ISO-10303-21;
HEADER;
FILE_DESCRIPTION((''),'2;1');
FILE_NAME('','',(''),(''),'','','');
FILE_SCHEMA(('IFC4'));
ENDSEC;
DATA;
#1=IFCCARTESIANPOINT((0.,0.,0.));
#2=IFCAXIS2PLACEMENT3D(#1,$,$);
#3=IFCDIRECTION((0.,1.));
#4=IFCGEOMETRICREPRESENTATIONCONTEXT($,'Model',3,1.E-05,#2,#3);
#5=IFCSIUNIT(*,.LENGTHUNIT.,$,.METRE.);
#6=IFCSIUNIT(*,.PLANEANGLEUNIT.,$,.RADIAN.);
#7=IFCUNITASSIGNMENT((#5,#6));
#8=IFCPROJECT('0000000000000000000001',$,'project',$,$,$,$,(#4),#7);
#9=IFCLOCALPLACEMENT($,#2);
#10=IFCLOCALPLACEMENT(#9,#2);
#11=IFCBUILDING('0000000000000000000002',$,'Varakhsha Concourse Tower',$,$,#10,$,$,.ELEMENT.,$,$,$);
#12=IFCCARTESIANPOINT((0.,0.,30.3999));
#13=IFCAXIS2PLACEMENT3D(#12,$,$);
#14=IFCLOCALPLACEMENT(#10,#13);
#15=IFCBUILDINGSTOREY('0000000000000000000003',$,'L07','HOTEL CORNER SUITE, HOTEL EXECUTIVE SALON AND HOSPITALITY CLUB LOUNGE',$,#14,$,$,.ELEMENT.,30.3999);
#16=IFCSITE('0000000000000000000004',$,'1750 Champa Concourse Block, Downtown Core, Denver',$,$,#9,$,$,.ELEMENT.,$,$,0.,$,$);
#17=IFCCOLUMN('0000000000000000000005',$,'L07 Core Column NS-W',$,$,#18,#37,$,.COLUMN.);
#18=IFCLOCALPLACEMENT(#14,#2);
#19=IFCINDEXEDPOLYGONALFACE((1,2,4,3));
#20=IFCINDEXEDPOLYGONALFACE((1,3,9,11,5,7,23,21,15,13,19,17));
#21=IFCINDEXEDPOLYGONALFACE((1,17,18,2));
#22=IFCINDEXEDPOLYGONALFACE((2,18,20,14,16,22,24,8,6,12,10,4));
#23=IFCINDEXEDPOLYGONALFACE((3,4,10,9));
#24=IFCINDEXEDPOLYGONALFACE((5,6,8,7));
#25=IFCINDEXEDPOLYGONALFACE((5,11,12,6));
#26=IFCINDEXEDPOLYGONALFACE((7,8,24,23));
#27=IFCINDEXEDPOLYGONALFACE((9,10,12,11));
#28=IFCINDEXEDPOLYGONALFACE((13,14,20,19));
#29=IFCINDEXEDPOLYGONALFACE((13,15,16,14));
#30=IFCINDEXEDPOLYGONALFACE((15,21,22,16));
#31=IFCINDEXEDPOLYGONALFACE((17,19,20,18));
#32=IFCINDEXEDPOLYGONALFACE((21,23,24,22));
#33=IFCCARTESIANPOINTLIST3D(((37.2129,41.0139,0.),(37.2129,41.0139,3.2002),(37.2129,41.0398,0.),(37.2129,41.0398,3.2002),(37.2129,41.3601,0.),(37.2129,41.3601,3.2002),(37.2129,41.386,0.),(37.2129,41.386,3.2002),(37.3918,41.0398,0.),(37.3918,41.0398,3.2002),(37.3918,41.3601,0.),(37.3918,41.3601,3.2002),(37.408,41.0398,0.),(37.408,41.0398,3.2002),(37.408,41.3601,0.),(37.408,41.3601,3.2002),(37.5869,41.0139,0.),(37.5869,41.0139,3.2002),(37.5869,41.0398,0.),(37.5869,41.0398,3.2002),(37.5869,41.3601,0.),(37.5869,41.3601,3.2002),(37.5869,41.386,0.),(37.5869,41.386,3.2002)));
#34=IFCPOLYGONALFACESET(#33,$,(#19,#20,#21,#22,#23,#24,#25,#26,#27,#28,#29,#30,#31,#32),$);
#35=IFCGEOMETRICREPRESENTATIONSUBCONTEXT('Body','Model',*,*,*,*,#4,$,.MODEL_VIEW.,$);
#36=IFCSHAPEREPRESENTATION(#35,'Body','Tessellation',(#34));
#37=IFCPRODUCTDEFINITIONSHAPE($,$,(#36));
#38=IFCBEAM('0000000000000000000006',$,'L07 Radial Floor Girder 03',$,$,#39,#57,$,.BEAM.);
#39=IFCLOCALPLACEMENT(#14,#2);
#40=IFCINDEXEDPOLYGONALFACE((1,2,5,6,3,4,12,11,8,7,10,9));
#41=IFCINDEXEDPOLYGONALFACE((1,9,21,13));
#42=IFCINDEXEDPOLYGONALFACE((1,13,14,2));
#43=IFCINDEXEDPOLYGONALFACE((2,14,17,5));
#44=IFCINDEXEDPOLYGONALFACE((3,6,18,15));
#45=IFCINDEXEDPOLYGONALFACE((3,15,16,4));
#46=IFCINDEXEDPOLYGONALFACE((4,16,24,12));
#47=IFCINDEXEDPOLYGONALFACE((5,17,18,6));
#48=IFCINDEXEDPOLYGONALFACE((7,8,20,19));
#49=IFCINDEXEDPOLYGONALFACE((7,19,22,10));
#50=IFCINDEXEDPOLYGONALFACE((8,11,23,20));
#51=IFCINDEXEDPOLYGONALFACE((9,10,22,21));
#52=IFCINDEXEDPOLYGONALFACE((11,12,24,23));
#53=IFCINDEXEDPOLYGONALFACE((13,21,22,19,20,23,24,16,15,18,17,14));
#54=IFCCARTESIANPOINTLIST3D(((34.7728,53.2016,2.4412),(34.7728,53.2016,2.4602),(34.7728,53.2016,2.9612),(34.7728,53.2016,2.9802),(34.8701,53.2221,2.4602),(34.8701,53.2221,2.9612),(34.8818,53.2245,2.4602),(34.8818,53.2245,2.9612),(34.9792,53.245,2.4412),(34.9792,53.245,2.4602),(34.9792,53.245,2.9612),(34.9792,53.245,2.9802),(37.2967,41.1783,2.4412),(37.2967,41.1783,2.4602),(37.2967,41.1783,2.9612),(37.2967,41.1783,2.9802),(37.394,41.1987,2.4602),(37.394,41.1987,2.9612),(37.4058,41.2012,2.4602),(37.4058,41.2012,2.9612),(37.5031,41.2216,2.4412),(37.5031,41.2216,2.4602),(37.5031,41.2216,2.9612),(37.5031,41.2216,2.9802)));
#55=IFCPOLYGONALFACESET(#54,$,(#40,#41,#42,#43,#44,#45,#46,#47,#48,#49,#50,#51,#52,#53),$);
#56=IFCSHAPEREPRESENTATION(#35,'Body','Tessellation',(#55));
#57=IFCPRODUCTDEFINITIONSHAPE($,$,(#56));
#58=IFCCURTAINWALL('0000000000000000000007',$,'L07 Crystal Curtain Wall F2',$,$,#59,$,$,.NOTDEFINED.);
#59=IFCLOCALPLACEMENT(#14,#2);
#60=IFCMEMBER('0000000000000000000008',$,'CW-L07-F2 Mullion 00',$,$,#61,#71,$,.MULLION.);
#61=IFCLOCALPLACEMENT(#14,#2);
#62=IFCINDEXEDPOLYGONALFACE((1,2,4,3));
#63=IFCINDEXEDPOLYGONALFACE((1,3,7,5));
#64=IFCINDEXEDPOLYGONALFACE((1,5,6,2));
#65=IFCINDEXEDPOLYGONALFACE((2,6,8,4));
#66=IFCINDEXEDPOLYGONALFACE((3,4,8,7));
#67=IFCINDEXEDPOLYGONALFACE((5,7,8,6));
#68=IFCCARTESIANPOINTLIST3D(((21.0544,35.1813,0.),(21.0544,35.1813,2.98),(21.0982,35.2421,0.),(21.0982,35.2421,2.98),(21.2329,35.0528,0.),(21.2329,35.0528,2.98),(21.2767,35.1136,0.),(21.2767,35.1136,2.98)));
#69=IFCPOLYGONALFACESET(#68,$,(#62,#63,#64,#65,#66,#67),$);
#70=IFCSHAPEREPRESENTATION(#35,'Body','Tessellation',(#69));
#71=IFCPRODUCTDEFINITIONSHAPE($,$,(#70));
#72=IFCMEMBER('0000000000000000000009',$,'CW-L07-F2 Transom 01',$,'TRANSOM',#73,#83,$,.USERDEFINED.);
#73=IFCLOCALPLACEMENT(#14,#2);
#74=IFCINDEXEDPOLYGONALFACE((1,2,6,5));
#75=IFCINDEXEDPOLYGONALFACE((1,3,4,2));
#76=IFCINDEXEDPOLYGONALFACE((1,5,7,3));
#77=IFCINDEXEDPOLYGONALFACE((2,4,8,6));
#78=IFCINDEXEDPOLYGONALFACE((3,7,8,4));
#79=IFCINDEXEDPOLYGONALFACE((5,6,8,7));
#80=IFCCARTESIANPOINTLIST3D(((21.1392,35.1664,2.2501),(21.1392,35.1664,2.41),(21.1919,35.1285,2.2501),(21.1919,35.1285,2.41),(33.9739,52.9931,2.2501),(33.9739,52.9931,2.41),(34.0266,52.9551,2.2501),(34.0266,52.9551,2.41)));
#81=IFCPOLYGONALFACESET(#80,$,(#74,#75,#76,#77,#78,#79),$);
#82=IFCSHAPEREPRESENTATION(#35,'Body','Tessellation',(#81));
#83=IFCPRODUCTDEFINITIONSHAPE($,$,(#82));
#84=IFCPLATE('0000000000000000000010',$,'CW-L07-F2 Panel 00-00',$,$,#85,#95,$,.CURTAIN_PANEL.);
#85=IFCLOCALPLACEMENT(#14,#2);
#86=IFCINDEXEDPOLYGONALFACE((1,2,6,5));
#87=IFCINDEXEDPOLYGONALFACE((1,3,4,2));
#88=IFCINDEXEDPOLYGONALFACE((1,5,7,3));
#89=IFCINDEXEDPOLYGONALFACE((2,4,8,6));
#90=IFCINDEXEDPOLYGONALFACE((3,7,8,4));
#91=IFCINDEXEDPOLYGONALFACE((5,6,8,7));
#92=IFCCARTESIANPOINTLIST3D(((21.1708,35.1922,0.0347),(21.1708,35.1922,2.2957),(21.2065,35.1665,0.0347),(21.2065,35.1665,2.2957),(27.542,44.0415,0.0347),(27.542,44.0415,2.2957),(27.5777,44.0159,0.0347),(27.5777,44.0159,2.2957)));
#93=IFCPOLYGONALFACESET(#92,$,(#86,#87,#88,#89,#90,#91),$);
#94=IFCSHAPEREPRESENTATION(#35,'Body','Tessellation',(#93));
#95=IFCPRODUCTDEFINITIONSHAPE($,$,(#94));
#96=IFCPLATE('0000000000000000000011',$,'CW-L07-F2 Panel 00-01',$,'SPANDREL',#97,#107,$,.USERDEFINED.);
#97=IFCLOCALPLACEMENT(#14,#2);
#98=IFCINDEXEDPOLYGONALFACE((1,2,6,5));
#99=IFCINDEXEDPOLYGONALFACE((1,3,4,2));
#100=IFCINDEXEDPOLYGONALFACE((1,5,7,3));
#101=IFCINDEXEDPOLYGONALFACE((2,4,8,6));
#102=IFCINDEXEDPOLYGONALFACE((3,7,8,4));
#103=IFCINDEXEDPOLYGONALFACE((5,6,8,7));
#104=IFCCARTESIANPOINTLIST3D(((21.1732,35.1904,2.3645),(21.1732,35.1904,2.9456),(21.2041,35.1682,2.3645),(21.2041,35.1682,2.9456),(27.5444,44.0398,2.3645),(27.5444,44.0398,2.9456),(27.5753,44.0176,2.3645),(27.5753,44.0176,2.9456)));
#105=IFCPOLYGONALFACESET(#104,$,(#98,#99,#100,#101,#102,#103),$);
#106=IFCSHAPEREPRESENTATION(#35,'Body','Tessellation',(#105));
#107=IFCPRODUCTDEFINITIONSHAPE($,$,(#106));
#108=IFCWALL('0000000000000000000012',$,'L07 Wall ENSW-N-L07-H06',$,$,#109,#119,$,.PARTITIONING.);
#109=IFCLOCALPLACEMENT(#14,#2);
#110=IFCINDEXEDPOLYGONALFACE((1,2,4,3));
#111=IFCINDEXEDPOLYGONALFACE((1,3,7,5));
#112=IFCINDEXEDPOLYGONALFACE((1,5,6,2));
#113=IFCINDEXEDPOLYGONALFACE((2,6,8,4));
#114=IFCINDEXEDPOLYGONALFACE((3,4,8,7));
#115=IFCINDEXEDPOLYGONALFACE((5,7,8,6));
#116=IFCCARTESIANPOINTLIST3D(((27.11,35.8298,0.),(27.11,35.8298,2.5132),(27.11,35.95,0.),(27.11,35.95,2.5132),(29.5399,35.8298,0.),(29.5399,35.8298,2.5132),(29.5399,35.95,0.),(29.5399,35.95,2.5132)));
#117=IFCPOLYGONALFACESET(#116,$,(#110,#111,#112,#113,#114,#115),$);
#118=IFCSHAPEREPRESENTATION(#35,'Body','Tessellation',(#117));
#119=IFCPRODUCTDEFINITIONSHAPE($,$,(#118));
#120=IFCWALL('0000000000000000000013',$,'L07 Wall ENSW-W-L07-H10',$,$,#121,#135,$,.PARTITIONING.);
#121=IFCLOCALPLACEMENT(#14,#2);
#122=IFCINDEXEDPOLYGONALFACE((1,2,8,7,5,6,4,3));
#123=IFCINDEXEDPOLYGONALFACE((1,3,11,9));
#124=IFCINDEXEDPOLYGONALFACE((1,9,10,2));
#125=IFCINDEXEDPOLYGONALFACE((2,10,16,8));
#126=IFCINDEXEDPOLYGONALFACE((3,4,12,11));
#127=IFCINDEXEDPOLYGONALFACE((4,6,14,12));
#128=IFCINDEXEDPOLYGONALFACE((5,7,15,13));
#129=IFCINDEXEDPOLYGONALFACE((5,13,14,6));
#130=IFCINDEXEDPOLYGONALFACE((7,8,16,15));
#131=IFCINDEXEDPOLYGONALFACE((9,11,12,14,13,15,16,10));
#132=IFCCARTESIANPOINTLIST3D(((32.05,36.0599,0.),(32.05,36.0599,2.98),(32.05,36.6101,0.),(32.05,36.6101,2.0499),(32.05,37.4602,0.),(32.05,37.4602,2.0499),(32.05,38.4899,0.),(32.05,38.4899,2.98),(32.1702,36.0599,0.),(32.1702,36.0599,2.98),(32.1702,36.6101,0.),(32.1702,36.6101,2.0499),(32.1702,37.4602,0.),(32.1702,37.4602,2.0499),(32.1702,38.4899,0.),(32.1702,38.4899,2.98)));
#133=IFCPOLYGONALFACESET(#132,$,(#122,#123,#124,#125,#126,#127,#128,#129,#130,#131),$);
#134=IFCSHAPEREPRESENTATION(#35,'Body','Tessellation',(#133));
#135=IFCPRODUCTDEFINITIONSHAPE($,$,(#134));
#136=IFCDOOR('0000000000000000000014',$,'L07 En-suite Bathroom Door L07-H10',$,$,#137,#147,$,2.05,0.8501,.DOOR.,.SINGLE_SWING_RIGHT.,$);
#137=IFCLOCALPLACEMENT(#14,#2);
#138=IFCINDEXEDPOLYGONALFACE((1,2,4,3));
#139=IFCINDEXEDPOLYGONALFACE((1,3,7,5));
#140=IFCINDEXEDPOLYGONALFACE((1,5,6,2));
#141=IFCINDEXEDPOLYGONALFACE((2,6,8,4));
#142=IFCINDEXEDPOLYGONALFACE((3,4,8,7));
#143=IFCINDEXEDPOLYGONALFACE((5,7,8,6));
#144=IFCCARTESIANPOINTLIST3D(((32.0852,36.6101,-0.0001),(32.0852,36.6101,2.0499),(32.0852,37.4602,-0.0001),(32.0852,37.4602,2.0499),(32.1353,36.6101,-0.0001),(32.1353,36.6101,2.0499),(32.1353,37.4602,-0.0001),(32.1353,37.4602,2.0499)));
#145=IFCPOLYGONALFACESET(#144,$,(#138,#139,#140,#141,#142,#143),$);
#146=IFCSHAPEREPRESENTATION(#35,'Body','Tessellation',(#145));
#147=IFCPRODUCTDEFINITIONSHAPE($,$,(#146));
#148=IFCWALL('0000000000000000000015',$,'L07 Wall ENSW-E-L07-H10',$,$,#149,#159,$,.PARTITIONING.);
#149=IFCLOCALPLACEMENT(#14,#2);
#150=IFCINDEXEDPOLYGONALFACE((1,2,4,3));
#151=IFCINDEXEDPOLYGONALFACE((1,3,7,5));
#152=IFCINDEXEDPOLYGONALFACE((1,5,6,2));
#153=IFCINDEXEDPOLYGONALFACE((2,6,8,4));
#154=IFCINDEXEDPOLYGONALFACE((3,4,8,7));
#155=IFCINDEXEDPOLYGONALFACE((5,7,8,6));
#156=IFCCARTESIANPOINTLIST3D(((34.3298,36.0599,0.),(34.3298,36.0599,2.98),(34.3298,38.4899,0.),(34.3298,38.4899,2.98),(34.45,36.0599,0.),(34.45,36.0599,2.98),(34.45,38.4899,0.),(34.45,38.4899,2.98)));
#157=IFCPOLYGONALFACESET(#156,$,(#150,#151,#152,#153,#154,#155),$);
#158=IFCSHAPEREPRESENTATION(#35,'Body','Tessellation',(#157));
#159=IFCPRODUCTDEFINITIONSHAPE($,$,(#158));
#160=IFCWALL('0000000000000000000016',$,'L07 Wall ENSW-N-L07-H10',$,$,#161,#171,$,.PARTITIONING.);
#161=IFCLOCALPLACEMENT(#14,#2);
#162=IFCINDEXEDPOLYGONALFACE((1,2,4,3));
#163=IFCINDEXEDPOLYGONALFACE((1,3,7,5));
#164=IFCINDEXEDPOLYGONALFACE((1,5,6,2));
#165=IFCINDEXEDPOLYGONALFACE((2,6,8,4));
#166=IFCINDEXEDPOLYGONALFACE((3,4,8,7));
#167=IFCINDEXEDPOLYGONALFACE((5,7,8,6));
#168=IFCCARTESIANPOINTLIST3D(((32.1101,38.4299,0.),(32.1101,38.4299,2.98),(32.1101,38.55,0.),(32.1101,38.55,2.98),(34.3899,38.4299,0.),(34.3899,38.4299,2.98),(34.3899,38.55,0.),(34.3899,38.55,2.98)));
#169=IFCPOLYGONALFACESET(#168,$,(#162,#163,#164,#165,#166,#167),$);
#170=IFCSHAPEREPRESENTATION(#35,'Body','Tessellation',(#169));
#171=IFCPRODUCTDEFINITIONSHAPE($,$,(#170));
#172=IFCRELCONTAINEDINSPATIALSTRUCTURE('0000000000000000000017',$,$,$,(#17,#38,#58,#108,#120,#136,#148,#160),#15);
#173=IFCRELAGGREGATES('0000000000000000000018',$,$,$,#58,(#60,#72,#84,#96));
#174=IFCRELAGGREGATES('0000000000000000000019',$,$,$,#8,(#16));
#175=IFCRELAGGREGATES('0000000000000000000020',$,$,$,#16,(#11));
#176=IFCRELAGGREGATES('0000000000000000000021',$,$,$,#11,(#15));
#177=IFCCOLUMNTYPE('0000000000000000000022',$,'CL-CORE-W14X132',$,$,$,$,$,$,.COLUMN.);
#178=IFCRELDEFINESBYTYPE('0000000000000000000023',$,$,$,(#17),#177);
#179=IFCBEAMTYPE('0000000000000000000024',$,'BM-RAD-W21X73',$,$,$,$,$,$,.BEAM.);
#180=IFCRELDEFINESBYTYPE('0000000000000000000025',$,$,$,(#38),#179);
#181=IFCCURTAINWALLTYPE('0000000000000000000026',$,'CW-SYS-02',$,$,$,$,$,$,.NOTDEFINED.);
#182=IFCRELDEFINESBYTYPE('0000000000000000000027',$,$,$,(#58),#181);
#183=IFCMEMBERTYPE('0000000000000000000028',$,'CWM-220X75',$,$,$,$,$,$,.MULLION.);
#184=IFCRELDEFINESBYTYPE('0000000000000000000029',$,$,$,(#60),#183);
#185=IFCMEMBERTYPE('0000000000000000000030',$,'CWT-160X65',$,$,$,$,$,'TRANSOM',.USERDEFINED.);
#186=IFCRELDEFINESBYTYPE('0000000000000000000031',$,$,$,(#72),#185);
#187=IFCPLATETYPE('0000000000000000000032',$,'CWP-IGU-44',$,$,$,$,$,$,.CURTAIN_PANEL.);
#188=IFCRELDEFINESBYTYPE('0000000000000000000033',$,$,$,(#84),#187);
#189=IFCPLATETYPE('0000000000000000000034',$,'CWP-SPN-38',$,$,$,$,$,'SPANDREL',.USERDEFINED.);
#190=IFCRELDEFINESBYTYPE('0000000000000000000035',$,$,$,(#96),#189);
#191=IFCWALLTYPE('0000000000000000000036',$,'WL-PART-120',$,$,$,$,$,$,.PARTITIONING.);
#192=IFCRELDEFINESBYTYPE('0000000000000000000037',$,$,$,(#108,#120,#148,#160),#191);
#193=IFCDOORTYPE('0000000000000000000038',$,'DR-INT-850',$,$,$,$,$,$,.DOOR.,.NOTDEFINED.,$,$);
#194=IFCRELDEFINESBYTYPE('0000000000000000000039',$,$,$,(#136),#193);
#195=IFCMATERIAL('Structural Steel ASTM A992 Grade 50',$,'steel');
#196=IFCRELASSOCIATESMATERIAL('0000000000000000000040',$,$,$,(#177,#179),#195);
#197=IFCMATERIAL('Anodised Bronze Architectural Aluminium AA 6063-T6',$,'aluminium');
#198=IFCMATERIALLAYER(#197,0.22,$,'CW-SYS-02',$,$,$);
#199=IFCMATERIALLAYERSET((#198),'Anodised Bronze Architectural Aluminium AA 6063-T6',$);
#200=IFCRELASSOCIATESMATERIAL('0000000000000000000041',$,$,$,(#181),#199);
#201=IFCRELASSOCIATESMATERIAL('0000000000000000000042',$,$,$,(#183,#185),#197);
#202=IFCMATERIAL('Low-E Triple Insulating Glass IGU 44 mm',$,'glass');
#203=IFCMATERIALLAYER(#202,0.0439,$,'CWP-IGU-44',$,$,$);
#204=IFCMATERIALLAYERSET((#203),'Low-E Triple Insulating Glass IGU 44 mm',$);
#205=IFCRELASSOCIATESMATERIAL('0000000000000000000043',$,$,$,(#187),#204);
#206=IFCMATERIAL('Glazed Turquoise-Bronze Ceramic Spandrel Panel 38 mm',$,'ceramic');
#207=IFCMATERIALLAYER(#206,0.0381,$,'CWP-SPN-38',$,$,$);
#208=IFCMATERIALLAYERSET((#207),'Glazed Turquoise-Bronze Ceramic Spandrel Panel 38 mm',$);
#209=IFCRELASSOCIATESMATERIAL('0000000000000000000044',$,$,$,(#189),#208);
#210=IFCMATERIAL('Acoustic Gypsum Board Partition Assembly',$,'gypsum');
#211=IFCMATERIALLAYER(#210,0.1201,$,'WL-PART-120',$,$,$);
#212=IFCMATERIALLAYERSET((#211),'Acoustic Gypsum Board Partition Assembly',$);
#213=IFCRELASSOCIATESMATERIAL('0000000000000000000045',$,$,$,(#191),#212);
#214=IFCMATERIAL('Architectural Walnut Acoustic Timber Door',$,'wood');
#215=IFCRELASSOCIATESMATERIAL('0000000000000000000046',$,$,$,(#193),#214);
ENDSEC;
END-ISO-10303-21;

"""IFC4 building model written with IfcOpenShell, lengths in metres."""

from ifc_helpers import new_model, si_unit, direction, frame, frame_2d, origin, origin_2d, place, context, subcontext, project, spatial, rectangle, i_section, extrude, source, transform, mapped, material, layer, layer_set, material_profile, profile_set, type_object, type_shapes, element, fill, aggregate, save


model = new_model("IFC4")

# Units and contexts
model_context = context("Model", 3, precision=1e-05, world=origin(), true_north=direction((0.0, 1.0)))
body_context = subcontext(model_context, "Body", "Model", "MODEL_VIEW")
ifc_project = project(units=[si_unit("LENGTHUNIT", "METRE"), si_unit("PLANEANGLEUNIT", "RADIAN")], contexts=[model_context])

# Site, building, storey
site_placement = place(None, origin())
site = spatial("IfcSite", under=ifc_project, at=site_placement, Name="1750 Champa Concourse Block, Downtown Core, Denver", CompositionType="ELEMENT", RefElevation=0.0)
building_placement = place(site_placement, origin())
building = spatial("IfcBuilding", under=site, at=building_placement, Name="Varakhsha Concourse Tower", CompositionType="ELEMENT")
storey_placement = place(building_placement, frame((0.0, 0.0, 30.3999)))
storey = spatial("IfcBuildingStorey", under=building, at=storey_placement, Name="L07", Description="HOTEL CORNER SUITE, HOTEL EXECUTIVE SALON AND HOSPITALITY CLUB LOUNGE", CompositionType="ELEMENT", Elevation=30.3999)

# Column
ifc_material_1 = material(Name="Structural Steel ASTM A992 Grade 50", Category="steel")
ifc_material_profile_1 = material_profile(ifc_material_1, i_section(OverallWidth=0.374, OverallDepth=0.3721, WebThickness=0.0161, FlangeThickness=0.0259, at=origin_2d()), Name="W14X132")
ifc_profile_set_1 = profile_set([ifc_material_profile_1], Name="Structural Steel ASTM A992 Grade 50")
column_type = type_object("IfcColumnType", Name="CL-CORE-W14X132", PredefinedType="COLUMN", material=ifc_profile_set_1)
column_placement = place(storey_placement, frame((37.3999, 41.2, 0.0), z_axis=(0.0, 0.0, 1.0), x_axis=(1.0, 0.0, 0.0)))
element("IfcColumn", 1, at=column_placement, inside=storey, type_object=column_type, Name="L07 Core Column NS-W", PredefinedType="COLUMN", context=body_context, shape_type="SweptSolid", body=[
    extrude(i_section(OverallWidth=0.374, OverallDepth=0.3721, WebThickness=0.0161, FlangeThickness=0.0259, at=origin_2d()), origin(), (0.0, 0.0, 1.0), 3.2002),
])

# Beam
ifc_material_profile_2 = material_profile(ifc_material_1, i_section(OverallWidth=0.2109, OverallDepth=0.5391, WebThickness=0.012, FlangeThickness=0.019, at=origin_2d()), Name="W21X73")
ifc_profile_set_2 = profile_set([ifc_material_profile_2], Name="Structural Steel ASTM A992 Grade 50")
beam_type = type_object("IfcBeamType", Name="BM-RAD-W21X73", PredefinedType="BEAM", material=ifc_profile_set_2)
beam_placement = place(storey_placement, frame((37.3999, 41.2, 2.7107), z_axis=(-0.20544, 0.97867, 0.0), x_axis=(-0.97867, -0.20544, 0.0)))
element("IfcBeam", 2, at=beam_placement, inside=storey, type_object=beam_type, Name="L07 Radial Floor Girder 03", PredefinedType="BEAM", context=body_context, shape_type="SweptSolid", body=[
    extrude(i_section(OverallWidth=0.2109, OverallDepth=0.5391, WebThickness=0.012, FlangeThickness=0.019, at=origin_2d()), origin(), (0.0, 0.0, 1.0), 12.2854),
])

# Curtain wall, members, plates
ifc_material_2 = material(Name="Anodised Bronze Architectural Aluminium AA 6063-T6", Category="aluminium")
ifc_layer_1 = layer(ifc_material_2, 0.22, Name="CW-SYS-02")
ifc_layer_set_1 = layer_set([ifc_layer_1], Name="Anodised Bronze Architectural Aluminium AA 6063-T6")
curtain_wall_type = type_object("IfcCurtainWallType", Name="CW-SYS-02", PredefinedType="NOTDEFINED", material=ifc_layer_set_1)
curtain_wall_placement = place(storey_placement, origin())
curtain_wall = element("IfcCurtainWall", 3, at=curtain_wall_placement, inside=storey, type_object=curtain_wall_type, Name="L07 Crystal Curtain Wall F2", PredefinedType="NOTDEFINED")
ifc_material_profile_3 = material_profile(ifc_material_2, rectangle(XDim=0.075, YDim=0.22, at=origin_2d()), Name="CWM-220X75")
ifc_profile_set_3 = profile_set([ifc_material_profile_3], Name="Anodised Bronze Architectural Aluminium AA 6063-T6")
member_type_1 = type_object("IfcMemberType", Name="CWM-220X75", PredefinedType="MULLION", material=ifc_profile_set_3)
shared_shape_1 = source(origin(), body_context, "Body", "SweptSolid", [
    extrude(rectangle(XDim=0.075, YDim=0.22, at=origin_2d()), origin(), (0.0, 0.0, 1.0), 2.98),
])
type_shapes(member_type_1, [shared_shape_1])
member_1_placement = place(storey_placement, frame((21.1655, 35.1475, 0.0), z_axis=(0.0, 0.0, 1.0), x_axis=(0.584284, 0.81155, 0.0)))
member_1 = element("IfcMember", 4, at=member_1_placement, type_object=member_type_1, Name="CW-L07-F2 Mullion 00", PredefinedType="MULLION", context=body_context, shape_type="MappedRepresentation", body=[
    mapped(shared_shape_1, transform((0.0, 0.0, 0.0), scale=1.0)),
])
ifc_material_profile_4 = material_profile(ifc_material_2, rectangle(XDim=0.0649, YDim=0.1599, at=origin_2d()), Name="CWT-160X65")
ifc_profile_set_4 = profile_set([ifc_material_profile_4], Name="Anodised Bronze Architectural Aluminium AA 6063-T6")
member_type_2 = type_object("IfcMemberType", Name="CWT-160X65", ElementType="TRANSOM", PredefinedType="USERDEFINED", material=ifc_profile_set_4)
shared_shape_2 = source(origin(), body_context, "Body", "SweptSolid", [
    extrude(rectangle(XDim=0.0649, YDim=0.1599, at=origin_2d()), origin(), (0.0, 0.0, 1.0), 21.9663),
])
type_shapes(member_type_2, [shared_shape_2])
member_2_placement = place(storey_placement, frame((21.1655, 35.1475, 2.3301), z_axis=(0.58429, 0.811545, 0.0), x_axis=(-0.811545, 0.58429, 0.0)))
member_2 = element("IfcMember", 5, at=member_2_placement, type_object=member_type_2, Name="CW-L07-F2 Transom 01", ObjectType="TRANSOM", PredefinedType="USERDEFINED", context=body_context, shape_type="MappedRepresentation", body=[
    mapped(shared_shape_2, transform((0.0, 0.0, 0.0), scale=1.0)),
])
ifc_material_3 = material(Name="Low-E Triple Insulating Glass IGU 44 mm", Category="glass")
ifc_layer_2 = layer(ifc_material_3, 0.0439, Name="CWP-IGU-44")
ifc_layer_set_2 = layer_set([ifc_layer_2], Name="Low-E Triple Insulating Glass IGU 44 mm")
plate_type_1 = type_object("IfcPlateType", Name="CWP-IGU-44", PredefinedType="CURTAIN_PANEL", material=ifc_layer_set_2)
shared_shape_3 = source(origin(), body_context, "Body", "SweptSolid", [
    extrude(rectangle(XDim=10.9043, YDim=0.0439, at=origin_2d()), origin(), (0.0, 0.0, 1.0), 2.261),
])
type_shapes(plate_type_1, [shared_shape_3])
plate_1_placement = place(storey_placement, frame((24.3743, 39.604, 0.0347), z_axis=(0.0, 0.0, 1.0), x_axis=(0.584284, 0.81155, 0.0)))
plate_1 = element("IfcPlate", 6, at=plate_1_placement, type_object=plate_type_1, Name="CW-L07-F2 Panel 00-00", PredefinedType="CURTAIN_PANEL", context=body_context, shape_type="MappedRepresentation", body=[
    mapped(shared_shape_3, transform((0.0, 0.0, 0.0), scale=1.0)),
])
ifc_material_4 = material(Name="Glazed Turquoise-Bronze Ceramic Spandrel Panel 38 mm", Category="ceramic")
ifc_layer_3 = layer(ifc_material_4, 0.0381, Name="CWP-SPN-38")
ifc_layer_set_3 = layer_set([ifc_layer_3], Name="Glazed Turquoise-Bronze Ceramic Spandrel Panel 38 mm")
plate_type_2 = type_object("IfcPlateType", Name="CWP-SPN-38", ElementType="SPANDREL", PredefinedType="USERDEFINED", material=ifc_layer_set_3)
shared_shape_4 = source(origin(), body_context, "Body", "SweptSolid", [
    extrude(rectangle(XDim=10.9043, YDim=0.0381, at=origin_2d()), origin(), (0.0, 0.0, 1.0), 0.5811),
])
type_shapes(plate_type_2, [shared_shape_4])
plate_2_placement = place(storey_placement, frame((24.3743, 39.604, 2.3645), z_axis=(0.0, 0.0, 1.0), x_axis=(0.584284, 0.81155, 0.0)))
plate_2 = element("IfcPlate", 7, at=plate_2_placement, type_object=plate_type_2, Name="CW-L07-F2 Panel 00-01", ObjectType="SPANDREL", PredefinedType="USERDEFINED", context=body_context, shape_type="MappedRepresentation", body=[
    mapped(shared_shape_4, transform((0.0, 0.0, 0.0), scale=1.0)),
])
aggregate(curtain_wall, [member_1, member_2, plate_1, plate_2])

# Wall
ifc_material_5 = material(Name="Acoustic Gypsum Board Partition Assembly", Category="gypsum")
ifc_layer_4 = layer(ifc_material_5, 0.1201, Name="WL-PART-120")
ifc_layer_set_4 = layer_set([ifc_layer_4], Name="Acoustic Gypsum Board Partition Assembly")
wall_type_1 = type_object("IfcWallType", Name="WL-PART-120", PredefinedType="PARTITIONING", material=ifc_layer_set_4)
wall_1_placement = place(storey_placement, frame((27.1101, 35.8899, 0.0), z_axis=(0.0, 0.0, 1.0), x_axis=(1.0, 0.0, 0.0)))
element("IfcWall", 8, at=wall_1_placement, inside=storey, type_object=wall_type_1, Name="L07 Wall ENSW-N-L07-H06", PredefinedType="PARTITIONING", context=body_context, shape_type="SweptSolid", body=[
    extrude(rectangle(XDim=2.4299, YDim=0.1201, at=frame_2d((1.2148, 0.0))), origin(), (0.0, 0.0, 1.0), 2.5132),
])

# Wall, opening, door
wall_2_placement = place(storey_placement, frame((32.1101, 36.0601, 0.0), z_axis=(0.0, 0.0, 1.0), x_axis=(0.0, 1.0, 0.0)))
wall_2 = element("IfcWall", 9, at=wall_2_placement, inside=storey, type_object=wall_type_1, Name="L07 Wall ENSW-W-L07-H10", PredefinedType="PARTITIONING", context=body_context, shape_type="SweptSolid", body=[
    extrude(rectangle(XDim=2.4299, YDim=0.1201, at=frame_2d((1.2148, 0.0))), origin(), (0.0, 0.0, 1.0), 2.98),
])
opening_1_placement = place(wall_2_placement, frame((0.55, 0.0, 0.0)))
opening_1 = element("IfcOpeningElement", 10, at=opening_1_placement, cuts=wall_2, PredefinedType="OPENING", context=body_context, shape_type="SweptSolid", body=[
    extrude(rectangle(XDim=0.8501, YDim=2.05, at=frame_2d((0.425, 1.0249))), frame((0.0, 0.0701, 0.0), z_axis=(0.0, -1.0, 0.0), x_axis=(1.0, 0.0, 0.0)), (0.0, 0.0, 1.0), 0.1401),
])
ifc_material_6 = material(Name="Architectural Walnut Acoustic Timber Door", Category="wood")
door_type_1 = type_object("IfcDoorType", Name="DR-INT-850", OperationType="NOTDEFINED", PredefinedType="DOOR", material=ifc_material_6)
door_1_placement = place(opening_1_placement, origin())
door_1 = element("IfcDoor", 11, at=door_1_placement, inside=storey, type_object=door_type_1, Name="L07 En-suite Bathroom Door L07-H10", OperationType="SINGLE_SWING_RIGHT", OverallHeight=2.05, OverallWidth=0.8501, PredefinedType="DOOR", context=body_context, shape_type="SweptSolid", body=[
    extrude(rectangle(XDim=0.8501, YDim=2.05, at=frame_2d((0.425, 1.0249))), frame((0.0, 0.0249, 0.0), z_axis=(0.0, -1.0, 0.0), x_axis=(1.0, 0.0, 0.0)), (0.0, 0.0, 1.0), 0.05),
])
fill(opening_1, door_1)

# Walls
wall_3_placement = place(storey_placement, frame((34.3899, 36.0601, 0.0), z_axis=(0.0, 0.0, 1.0), x_axis=(0.0, 1.0, 0.0)))
element("IfcWall", 12, at=wall_3_placement, inside=storey, type_object=wall_type_1, Name="L07 Wall ENSW-E-L07-H10", PredefinedType="PARTITIONING", context=body_context, shape_type="SweptSolid", body=[
    extrude(rectangle(XDim=2.4299, YDim=0.1201, at=frame_2d((1.2148, 0.0))), origin(), (0.0, 0.0, 1.0), 2.98),
])
wall_4_placement = place(storey_placement, frame((32.1101, 38.49, 0.0), z_axis=(0.0, 0.0, 1.0), x_axis=(1.0, 0.0, 0.0)))
element("IfcWall", 13, at=wall_4_placement, inside=storey, type_object=wall_type_1, Name="L07 Wall ENSW-N-L07-H10", PredefinedType="PARTITIONING", context=body_context, shape_type="SweptSolid", body=[
    extrude(rectangle(XDim=2.2798, YDim=0.1201, at=frame_2d((1.1399, 0.0))), origin(), (0.0, 0.0, 1.0), 2.98),
])

save(model, "model.ifc")
